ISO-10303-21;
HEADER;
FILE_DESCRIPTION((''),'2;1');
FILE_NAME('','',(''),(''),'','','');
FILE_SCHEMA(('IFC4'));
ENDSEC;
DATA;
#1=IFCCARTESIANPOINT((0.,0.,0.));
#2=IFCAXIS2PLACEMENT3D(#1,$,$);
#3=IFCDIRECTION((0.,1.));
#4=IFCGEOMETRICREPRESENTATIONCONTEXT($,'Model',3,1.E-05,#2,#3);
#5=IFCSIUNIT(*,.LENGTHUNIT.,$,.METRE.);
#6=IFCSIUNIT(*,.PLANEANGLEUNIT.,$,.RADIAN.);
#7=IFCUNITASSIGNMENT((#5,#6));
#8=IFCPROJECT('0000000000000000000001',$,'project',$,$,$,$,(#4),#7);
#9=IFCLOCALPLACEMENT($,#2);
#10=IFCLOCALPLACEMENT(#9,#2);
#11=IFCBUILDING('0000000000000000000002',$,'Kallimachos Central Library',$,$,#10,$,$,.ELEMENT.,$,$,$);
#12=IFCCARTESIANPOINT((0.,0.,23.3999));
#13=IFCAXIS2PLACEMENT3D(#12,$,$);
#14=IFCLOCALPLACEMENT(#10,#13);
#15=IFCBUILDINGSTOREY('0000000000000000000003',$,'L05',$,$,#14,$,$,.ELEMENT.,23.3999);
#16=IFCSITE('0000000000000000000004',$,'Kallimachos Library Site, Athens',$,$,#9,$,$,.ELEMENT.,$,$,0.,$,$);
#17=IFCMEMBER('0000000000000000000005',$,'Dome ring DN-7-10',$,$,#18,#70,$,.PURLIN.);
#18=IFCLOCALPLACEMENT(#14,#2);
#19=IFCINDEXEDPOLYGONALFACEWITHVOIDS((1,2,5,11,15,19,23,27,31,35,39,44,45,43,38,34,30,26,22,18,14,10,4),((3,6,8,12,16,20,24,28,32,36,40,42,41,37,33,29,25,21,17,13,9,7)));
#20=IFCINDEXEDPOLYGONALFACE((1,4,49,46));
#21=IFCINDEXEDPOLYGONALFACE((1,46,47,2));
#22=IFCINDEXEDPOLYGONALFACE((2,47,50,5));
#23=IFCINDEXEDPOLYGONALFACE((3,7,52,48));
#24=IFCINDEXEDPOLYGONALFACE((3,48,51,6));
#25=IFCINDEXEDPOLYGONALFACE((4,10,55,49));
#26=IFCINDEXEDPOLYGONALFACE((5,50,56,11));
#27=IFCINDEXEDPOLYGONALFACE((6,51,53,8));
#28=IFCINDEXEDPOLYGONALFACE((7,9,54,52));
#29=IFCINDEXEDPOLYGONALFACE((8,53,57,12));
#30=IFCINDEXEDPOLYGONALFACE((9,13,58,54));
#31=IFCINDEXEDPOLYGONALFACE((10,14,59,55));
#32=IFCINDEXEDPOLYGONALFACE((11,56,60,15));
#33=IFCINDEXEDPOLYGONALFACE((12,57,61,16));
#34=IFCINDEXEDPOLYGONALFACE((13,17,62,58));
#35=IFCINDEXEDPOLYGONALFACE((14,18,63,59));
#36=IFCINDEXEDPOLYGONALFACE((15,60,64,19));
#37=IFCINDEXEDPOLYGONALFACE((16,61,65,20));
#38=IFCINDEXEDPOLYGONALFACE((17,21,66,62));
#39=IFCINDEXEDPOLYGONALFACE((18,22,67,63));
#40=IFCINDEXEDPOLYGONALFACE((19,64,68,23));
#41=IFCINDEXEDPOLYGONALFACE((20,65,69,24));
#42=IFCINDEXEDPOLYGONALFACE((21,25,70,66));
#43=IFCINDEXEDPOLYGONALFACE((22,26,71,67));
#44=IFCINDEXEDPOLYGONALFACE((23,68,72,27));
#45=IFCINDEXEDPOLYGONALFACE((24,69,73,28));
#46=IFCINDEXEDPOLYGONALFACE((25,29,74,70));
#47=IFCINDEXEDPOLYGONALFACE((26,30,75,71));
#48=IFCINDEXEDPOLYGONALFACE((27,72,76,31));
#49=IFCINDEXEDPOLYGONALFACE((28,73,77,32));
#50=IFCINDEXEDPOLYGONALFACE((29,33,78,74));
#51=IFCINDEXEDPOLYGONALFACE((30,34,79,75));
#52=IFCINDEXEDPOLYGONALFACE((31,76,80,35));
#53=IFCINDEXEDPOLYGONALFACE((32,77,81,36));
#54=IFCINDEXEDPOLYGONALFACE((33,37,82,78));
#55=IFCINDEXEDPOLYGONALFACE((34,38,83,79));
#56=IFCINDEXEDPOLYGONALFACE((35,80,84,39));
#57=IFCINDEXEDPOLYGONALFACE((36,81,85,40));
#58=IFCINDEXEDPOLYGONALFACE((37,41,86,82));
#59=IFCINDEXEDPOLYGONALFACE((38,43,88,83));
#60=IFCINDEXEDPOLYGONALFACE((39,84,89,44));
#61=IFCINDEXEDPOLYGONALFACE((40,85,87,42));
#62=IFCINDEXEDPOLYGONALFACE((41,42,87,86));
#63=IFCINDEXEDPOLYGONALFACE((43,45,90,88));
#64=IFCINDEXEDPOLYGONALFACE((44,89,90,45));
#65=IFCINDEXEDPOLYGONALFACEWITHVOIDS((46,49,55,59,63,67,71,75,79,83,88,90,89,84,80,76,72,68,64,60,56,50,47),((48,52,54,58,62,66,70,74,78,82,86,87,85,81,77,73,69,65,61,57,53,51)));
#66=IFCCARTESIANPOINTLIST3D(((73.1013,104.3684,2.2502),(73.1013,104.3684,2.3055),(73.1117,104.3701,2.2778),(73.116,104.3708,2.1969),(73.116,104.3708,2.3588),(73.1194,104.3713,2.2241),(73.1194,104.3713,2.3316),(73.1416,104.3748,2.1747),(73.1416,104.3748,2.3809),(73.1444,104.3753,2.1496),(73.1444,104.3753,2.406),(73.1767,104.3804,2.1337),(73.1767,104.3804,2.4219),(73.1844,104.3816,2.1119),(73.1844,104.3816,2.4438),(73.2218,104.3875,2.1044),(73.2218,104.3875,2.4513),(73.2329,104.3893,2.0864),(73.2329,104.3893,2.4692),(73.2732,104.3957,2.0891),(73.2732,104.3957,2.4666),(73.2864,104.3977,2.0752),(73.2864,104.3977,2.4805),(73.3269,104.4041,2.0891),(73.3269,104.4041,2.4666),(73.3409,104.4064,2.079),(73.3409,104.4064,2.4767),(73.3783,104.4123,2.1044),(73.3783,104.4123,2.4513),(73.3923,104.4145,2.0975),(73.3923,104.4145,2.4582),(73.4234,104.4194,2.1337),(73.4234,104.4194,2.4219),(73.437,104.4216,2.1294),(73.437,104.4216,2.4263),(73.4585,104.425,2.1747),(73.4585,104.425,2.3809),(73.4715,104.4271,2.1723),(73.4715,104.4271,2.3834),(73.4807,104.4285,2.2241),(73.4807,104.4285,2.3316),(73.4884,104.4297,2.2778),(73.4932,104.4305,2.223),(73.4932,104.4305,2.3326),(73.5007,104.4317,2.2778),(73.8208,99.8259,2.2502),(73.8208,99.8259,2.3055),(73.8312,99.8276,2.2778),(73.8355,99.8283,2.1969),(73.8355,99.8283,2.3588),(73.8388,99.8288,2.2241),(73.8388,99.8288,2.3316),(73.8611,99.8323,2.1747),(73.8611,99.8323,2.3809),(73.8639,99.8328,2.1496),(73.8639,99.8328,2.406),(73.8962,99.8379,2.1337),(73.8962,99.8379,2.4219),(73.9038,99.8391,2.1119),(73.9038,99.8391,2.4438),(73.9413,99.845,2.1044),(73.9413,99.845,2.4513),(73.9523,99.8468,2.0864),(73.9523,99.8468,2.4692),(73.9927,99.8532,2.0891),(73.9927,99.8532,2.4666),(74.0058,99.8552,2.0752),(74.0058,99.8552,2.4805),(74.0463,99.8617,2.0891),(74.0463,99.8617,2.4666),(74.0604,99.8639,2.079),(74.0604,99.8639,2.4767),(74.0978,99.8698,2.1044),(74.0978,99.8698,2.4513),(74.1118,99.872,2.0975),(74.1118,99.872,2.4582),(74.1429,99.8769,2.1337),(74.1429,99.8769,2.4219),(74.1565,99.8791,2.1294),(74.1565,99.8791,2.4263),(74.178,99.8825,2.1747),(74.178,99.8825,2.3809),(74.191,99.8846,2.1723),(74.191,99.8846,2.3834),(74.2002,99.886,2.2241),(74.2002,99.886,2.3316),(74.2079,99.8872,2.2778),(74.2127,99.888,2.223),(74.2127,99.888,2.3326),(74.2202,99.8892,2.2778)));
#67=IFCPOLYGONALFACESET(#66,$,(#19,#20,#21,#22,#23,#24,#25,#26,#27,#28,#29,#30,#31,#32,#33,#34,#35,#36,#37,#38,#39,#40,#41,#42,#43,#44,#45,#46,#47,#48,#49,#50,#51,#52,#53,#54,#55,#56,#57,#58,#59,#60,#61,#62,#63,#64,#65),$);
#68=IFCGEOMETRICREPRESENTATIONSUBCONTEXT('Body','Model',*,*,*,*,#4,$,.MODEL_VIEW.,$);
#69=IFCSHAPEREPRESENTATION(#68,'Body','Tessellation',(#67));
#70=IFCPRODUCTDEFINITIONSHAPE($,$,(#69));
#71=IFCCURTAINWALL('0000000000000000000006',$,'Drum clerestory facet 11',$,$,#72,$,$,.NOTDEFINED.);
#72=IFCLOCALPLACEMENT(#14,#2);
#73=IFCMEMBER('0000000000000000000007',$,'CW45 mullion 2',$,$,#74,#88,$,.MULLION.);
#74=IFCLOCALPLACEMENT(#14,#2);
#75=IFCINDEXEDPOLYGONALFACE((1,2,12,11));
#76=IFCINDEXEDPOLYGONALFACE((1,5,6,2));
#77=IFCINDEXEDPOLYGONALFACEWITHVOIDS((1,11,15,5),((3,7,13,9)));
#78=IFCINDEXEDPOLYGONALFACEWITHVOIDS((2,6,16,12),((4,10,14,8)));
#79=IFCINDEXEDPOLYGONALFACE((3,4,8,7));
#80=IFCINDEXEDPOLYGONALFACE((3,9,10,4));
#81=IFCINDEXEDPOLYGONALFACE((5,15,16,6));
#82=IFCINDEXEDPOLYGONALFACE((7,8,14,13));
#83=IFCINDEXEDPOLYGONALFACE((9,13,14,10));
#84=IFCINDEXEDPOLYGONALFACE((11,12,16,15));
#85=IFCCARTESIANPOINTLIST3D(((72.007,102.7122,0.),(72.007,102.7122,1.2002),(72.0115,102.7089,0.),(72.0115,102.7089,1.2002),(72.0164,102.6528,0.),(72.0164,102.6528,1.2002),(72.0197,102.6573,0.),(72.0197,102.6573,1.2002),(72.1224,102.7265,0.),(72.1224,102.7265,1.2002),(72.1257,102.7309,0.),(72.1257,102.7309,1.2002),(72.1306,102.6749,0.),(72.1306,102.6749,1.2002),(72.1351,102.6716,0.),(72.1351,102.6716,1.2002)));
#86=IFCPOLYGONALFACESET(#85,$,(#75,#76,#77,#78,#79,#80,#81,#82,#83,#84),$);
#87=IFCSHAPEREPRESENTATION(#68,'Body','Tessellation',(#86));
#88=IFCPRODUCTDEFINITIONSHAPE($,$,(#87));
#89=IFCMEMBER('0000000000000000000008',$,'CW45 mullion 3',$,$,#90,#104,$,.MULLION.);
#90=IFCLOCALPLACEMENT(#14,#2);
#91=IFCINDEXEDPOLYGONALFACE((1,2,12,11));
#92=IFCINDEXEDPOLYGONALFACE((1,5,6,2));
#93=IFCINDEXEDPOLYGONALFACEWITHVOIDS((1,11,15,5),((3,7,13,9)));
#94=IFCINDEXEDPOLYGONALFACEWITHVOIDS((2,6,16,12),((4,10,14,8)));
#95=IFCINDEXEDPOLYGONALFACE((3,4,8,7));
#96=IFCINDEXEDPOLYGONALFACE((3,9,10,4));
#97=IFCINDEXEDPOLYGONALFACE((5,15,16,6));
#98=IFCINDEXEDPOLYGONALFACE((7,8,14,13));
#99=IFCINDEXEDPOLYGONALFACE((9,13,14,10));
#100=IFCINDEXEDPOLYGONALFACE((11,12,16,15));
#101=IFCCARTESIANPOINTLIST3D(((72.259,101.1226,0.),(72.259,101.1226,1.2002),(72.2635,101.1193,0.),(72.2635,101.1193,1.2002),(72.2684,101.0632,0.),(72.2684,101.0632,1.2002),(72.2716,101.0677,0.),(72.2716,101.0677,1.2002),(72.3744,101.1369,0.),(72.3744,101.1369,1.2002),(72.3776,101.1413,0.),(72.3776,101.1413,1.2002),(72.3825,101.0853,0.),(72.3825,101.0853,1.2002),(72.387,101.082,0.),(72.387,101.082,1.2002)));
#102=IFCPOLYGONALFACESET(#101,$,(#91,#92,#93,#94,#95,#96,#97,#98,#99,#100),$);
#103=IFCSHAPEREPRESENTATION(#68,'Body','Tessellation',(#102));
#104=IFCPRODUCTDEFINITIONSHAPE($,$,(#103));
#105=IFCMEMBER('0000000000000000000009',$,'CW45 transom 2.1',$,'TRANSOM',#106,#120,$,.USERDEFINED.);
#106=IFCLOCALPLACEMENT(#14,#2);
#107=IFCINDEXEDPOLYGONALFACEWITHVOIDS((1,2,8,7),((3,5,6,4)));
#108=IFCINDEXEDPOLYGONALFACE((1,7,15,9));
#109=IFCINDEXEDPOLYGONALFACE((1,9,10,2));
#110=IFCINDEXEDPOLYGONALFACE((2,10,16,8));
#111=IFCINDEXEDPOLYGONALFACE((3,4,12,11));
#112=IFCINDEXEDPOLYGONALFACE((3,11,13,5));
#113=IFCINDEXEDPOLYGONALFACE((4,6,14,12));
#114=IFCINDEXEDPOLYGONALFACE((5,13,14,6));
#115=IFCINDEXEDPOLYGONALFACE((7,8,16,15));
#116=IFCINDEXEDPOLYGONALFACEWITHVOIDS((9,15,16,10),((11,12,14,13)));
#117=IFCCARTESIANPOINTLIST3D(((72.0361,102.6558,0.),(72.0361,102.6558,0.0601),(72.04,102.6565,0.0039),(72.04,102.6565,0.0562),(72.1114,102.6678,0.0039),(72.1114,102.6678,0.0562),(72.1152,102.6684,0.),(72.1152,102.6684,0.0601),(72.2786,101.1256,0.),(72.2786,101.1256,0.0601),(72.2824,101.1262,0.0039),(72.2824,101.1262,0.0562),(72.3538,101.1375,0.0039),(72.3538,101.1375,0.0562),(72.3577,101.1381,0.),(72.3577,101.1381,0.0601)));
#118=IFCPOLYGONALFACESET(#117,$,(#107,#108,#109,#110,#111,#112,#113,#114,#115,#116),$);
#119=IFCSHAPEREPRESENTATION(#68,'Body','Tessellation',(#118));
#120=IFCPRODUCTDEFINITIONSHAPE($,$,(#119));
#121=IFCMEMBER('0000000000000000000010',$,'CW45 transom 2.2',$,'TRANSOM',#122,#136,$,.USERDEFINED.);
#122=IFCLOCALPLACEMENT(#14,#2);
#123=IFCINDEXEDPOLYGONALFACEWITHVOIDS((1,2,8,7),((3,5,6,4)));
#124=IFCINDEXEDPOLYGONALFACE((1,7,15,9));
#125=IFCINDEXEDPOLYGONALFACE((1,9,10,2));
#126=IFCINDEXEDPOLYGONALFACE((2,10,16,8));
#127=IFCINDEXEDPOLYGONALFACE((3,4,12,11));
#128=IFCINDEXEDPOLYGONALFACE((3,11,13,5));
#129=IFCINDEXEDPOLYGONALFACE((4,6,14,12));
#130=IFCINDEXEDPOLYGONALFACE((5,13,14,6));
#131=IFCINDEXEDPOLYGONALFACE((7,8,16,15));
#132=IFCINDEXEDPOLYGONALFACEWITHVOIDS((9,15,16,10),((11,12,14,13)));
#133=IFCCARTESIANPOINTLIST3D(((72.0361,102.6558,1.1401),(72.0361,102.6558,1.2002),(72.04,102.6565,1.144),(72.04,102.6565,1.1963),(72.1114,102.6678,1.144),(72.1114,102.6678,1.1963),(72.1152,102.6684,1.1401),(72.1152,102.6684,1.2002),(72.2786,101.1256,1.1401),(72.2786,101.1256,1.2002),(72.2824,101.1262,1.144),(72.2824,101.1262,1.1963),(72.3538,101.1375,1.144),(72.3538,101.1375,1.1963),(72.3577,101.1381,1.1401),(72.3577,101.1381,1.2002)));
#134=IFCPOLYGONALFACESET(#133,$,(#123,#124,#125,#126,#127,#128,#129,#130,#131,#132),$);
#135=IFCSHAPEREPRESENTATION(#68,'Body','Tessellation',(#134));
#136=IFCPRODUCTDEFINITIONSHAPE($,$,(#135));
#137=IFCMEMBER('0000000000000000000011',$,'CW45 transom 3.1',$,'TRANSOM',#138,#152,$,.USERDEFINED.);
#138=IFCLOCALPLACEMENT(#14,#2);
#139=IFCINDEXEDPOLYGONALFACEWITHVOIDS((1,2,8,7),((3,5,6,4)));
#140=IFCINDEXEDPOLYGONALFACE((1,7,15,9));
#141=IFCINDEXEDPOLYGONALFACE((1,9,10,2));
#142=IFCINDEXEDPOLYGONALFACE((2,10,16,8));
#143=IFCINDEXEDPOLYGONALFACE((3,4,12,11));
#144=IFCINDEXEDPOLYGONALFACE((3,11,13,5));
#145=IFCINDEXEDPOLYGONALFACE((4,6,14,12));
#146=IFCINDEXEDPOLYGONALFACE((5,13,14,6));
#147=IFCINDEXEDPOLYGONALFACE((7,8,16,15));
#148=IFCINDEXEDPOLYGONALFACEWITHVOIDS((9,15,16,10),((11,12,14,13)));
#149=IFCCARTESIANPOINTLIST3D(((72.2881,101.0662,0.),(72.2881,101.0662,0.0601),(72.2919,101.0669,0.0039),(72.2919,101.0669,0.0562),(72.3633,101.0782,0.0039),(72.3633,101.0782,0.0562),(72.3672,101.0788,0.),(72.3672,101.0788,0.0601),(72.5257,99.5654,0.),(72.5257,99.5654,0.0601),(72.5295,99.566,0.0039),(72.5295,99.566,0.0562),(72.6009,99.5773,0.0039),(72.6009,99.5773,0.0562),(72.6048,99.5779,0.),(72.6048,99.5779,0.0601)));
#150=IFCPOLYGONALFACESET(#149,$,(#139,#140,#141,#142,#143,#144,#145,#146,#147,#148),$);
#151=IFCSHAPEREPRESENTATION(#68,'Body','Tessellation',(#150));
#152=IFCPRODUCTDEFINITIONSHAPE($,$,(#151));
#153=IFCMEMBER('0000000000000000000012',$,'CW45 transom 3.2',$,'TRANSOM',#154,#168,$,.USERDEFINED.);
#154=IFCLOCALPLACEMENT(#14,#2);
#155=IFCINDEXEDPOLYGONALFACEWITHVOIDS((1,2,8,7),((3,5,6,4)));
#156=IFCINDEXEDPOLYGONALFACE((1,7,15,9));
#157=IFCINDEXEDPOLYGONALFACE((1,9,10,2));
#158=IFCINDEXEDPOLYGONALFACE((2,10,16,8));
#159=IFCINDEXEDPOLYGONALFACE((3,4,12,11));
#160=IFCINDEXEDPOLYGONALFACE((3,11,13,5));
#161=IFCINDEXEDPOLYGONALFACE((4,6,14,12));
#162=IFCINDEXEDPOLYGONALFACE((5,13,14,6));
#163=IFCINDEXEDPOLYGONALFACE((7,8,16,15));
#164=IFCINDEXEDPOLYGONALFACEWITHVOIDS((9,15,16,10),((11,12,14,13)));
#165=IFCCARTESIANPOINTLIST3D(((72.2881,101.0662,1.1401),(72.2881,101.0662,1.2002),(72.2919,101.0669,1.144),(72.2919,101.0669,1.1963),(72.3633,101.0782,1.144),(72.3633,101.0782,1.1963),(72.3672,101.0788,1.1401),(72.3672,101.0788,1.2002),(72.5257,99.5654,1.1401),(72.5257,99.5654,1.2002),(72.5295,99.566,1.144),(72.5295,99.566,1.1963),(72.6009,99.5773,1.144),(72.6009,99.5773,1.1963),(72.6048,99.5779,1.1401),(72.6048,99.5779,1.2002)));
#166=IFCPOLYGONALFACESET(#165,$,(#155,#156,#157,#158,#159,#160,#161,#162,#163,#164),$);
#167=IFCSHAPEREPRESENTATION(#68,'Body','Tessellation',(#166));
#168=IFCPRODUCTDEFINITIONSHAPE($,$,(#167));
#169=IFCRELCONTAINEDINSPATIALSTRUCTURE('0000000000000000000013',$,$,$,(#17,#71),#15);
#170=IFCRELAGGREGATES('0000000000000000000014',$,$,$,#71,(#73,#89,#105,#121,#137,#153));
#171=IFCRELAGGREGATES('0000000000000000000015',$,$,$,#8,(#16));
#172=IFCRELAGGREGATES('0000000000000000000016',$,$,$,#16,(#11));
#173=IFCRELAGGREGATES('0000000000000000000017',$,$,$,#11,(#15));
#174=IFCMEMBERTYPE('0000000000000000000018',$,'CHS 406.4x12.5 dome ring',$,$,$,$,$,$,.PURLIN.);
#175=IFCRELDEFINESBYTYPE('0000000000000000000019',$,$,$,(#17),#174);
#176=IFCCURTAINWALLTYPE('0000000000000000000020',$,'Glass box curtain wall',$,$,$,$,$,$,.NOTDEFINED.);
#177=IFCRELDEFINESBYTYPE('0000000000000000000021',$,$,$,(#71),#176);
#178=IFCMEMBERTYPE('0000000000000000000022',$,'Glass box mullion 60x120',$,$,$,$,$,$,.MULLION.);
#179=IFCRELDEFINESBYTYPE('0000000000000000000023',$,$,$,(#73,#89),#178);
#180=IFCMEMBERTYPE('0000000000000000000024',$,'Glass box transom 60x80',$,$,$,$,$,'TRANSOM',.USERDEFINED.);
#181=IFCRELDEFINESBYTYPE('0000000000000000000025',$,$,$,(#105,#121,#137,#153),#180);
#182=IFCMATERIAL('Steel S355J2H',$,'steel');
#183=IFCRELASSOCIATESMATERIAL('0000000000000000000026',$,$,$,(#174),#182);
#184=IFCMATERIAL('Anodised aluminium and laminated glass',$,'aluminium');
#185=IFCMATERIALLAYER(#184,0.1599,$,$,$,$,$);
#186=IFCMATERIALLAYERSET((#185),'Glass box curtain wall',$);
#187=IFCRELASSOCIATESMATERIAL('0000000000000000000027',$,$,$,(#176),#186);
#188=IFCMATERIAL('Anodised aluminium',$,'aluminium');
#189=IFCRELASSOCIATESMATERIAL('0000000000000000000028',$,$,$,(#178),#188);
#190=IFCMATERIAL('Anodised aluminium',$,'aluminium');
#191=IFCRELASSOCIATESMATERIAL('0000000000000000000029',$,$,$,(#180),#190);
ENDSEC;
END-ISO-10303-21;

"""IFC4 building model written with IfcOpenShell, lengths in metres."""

from ifc_helpers import new_model, si_unit, direction, frame, origin, origin_2d, place, context, subcontext, project, spatial, hollow_rectangle, hollow_circle, extrude, material, layer, layer_set, material_profile, profile_set, type_object, element, aggregate, save


model = new_model("IFC4")

# Units and contexts
model_context = context("Model", 3, precision=1e-05, world=origin(), true_north=direction((0.0, 1.0)))
body_context = subcontext(model_context, "Body", "Model", "MODEL_VIEW")
ifc_project = project(units=[si_unit("LENGTHUNIT", "METRE"), si_unit("PLANEANGLEUNIT", "RADIAN")], contexts=[model_context])

# Site, building, storey
site_placement = place(None, origin())
site = spatial("IfcSite", under=ifc_project, at=site_placement, Name="Kallimachos Library Site, Athens", CompositionType="ELEMENT", RefElevation=0.0)
building_placement = place(site_placement, origin())
building = spatial("IfcBuilding", under=site, at=building_placement, Name="Kallimachos Central Library", CompositionType="ELEMENT")
storey_placement = place(building_placement, frame((0.0, 0.0, 23.3999)))
storey = spatial("IfcBuildingStorey", under=building, at=storey_placement, Name="L05", CompositionType="ELEMENT", Elevation=23.3999)

# Member
ifc_material_1 = material(Name="Steel S355J2H", Category="steel")
ifc_material_profile_1 = material_profile(ifc_material_1, hollow_circle(Radius=0.2031, WallThickness=0.0125, at=origin_2d()), Name="CHS 406.4x12.5")
ifc_profile_set_1 = profile_set([ifc_material_profile_1], Name="Steel S355J2H")
member_type_1 = type_object("IfcMemberType", Name="CHS 406.4x12.5 dome ring", PredefinedType="PURLIN", material=ifc_profile_set_1)
member_1_placement = place(storey_placement, frame((73.3, 104.3999, 2.2778), z_axis=(0.15644, -0.987688, 0.0), x_axis=(0.987688, 0.15644, 0.0)))
element("IfcMember", 1, at=member_1_placement, inside=storey, type_object=member_type_1, Name="Dome ring DN-7-10", PredefinedType="PURLIN", context=body_context, shape_type="SweptSolid", body=[
    extrude(hollow_circle(Radius=0.2031, WallThickness=0.0125, at=origin_2d()), origin(), (0.0, 0.0, 1.0), 4.5991),
])

# Curtain wall, members
ifc_material_2 = material(Name="Anodised aluminium and laminated glass", Category="aluminium")
ifc_layer_1 = layer(ifc_material_2, 0.1599)
ifc_layer_set_1 = layer_set([ifc_layer_1], Name="Glass box curtain wall")
curtain_wall_type = type_object("IfcCurtainWallType", Name="Glass box curtain wall", PredefinedType="NOTDEFINED", material=ifc_layer_set_1)
curtain_wall_placement = place(storey_placement, origin())
curtain_wall = element("IfcCurtainWall", 2, at=curtain_wall_placement, inside=storey, type_object=curtain_wall_type, Name="Drum clerestory facet 11", PredefinedType="NOTDEFINED")
ifc_material_3 = material(Name="Anodised aluminium", Category="aluminium")
ifc_material_profile_2 = material_profile(ifc_material_3, hollow_rectangle(XDim=0.0601, YDim=0.1201, WallThickness=0.0039, at=origin_2d()), Name="ALU MULLION 60x120")
ifc_profile_set_2 = profile_set([ifc_material_profile_2], Name="Anodised aluminium")
member_type_2 = type_object("IfcMemberType", Name="Glass box mullion 60x120", PredefinedType="MULLION", material=ifc_profile_set_2)
member_2_placement = place(storey_placement, frame((72.071, 102.6919, 0.0), z_axis=(0.0, 0.0, 1.0), x_axis=(0.156435, -0.987688, 0.0)))
member_2 = element("IfcMember", 3, at=member_2_placement, type_object=member_type_2, Name="CW45 mullion 2", PredefinedType="MULLION", context=body_context, shape_type="SweptSolid", body=[
    extrude(hollow_rectangle(XDim=0.0601, YDim=0.1201, WallThickness=0.0039, at=origin_2d()), origin(), (0.0, 0.0, 1.0), 1.2002),
])
member_3_placement = place(storey_placement, frame((72.323, 101.1023, 0.0), z_axis=(0.0, 0.0, 1.0), x_axis=(0.156435, -0.987688, 0.0)))
member_3 = element("IfcMember", 4, at=member_3_placement, type_object=member_type_2, Name="CW45 mullion 3", PredefinedType="MULLION", context=body_context, shape_type="SweptSolid", body=[
    extrude(hollow_rectangle(XDim=0.0601, YDim=0.1201, WallThickness=0.0039, at=origin_2d()), origin(), (0.0, 0.0, 1.0), 1.2002),
])
ifc_material_4 = material(Name="Anodised aluminium", Category="aluminium")
ifc_material_profile_3 = material_profile(ifc_material_4, hollow_rectangle(XDim=0.0601, YDim=0.0801, WallThickness=0.0039, at=origin_2d()), Name="ALU TRANSOM 60x80")
ifc_profile_set_3 = profile_set([ifc_material_profile_3], Name="Anodised aluminium")
member_type_3 = type_object("IfcMemberType", Name="Glass box transom 60x80", ElementType="TRANSOM", PredefinedType="USERDEFINED", material=ifc_profile_set_3)
member_4_placement = place(storey_placement, frame((72.0757, 102.6621, 0.03), z_axis=(0.156472, -0.987682, 0.0), x_axis=(0.0, 0.0, 1.0)))
member_4 = element("IfcMember", 5, at=member_4_placement, type_object=member_type_3, Name="CW45 transom 2.1", ObjectType="TRANSOM", PredefinedType="USERDEFINED", context=body_context, shape_type="SweptSolid", body=[
    extrude(hollow_rectangle(XDim=0.0601, YDim=0.0801, WallThickness=0.0039, at=origin_2d()), origin(), (0.0, 0.0, 1.0), 1.5493),
])
member_5_placement = place(storey_placement, frame((72.0757, 102.6621, 1.1702), z_axis=(0.156472, -0.987682, 0.0), x_axis=(0.0, 0.0, 1.0)))
member_5 = element("IfcMember", 6, at=member_5_placement, type_object=member_type_3, Name="CW45 transom 2.2", ObjectType="TRANSOM", PredefinedType="USERDEFINED", context=body_context, shape_type="SweptSolid", body=[
    extrude(hollow_rectangle(XDim=0.0601, YDim=0.0801, WallThickness=0.0039, at=origin_2d()), origin(), (0.0, 0.0, 1.0), 1.5493),
])
member_6_placement = place(storey_placement, frame((72.3276, 101.0725, 0.03), z_axis=(0.156342, -0.987703, 0.0), x_axis=(0.0, 0.0, 1.0)))
member_6 = element("IfcMember", 7, at=member_6_placement, type_object=member_type_3, Name="CW45 transom 3.1", ObjectType="TRANSOM", PredefinedType="USERDEFINED", context=body_context, shape_type="SweptSolid", body=[
    extrude(hollow_rectangle(XDim=0.0601, YDim=0.0801, WallThickness=0.0039, at=origin_2d()), origin(), (0.0, 0.0, 1.0), 1.5195),
])
member_7_placement = place(storey_placement, frame((72.3276, 101.0725, 1.1702), z_axis=(0.156342, -0.987703, 0.0), x_axis=(0.0, 0.0, 1.0)))
member_7 = element("IfcMember", 8, at=member_7_placement, type_object=member_type_3, Name="CW45 transom 3.2", ObjectType="TRANSOM", PredefinedType="USERDEFINED", context=body_context, shape_type="SweptSolid", body=[
    extrude(hollow_rectangle(XDim=0.0601, YDim=0.0801, WallThickness=0.0039, at=origin_2d()), origin(), (0.0, 0.0, 1.0), 1.5195),
])

aggregate(curtain_wall, [member_2, member_3, member_4, member_5, member_6, member_7])

save(model, "model.ifc")
